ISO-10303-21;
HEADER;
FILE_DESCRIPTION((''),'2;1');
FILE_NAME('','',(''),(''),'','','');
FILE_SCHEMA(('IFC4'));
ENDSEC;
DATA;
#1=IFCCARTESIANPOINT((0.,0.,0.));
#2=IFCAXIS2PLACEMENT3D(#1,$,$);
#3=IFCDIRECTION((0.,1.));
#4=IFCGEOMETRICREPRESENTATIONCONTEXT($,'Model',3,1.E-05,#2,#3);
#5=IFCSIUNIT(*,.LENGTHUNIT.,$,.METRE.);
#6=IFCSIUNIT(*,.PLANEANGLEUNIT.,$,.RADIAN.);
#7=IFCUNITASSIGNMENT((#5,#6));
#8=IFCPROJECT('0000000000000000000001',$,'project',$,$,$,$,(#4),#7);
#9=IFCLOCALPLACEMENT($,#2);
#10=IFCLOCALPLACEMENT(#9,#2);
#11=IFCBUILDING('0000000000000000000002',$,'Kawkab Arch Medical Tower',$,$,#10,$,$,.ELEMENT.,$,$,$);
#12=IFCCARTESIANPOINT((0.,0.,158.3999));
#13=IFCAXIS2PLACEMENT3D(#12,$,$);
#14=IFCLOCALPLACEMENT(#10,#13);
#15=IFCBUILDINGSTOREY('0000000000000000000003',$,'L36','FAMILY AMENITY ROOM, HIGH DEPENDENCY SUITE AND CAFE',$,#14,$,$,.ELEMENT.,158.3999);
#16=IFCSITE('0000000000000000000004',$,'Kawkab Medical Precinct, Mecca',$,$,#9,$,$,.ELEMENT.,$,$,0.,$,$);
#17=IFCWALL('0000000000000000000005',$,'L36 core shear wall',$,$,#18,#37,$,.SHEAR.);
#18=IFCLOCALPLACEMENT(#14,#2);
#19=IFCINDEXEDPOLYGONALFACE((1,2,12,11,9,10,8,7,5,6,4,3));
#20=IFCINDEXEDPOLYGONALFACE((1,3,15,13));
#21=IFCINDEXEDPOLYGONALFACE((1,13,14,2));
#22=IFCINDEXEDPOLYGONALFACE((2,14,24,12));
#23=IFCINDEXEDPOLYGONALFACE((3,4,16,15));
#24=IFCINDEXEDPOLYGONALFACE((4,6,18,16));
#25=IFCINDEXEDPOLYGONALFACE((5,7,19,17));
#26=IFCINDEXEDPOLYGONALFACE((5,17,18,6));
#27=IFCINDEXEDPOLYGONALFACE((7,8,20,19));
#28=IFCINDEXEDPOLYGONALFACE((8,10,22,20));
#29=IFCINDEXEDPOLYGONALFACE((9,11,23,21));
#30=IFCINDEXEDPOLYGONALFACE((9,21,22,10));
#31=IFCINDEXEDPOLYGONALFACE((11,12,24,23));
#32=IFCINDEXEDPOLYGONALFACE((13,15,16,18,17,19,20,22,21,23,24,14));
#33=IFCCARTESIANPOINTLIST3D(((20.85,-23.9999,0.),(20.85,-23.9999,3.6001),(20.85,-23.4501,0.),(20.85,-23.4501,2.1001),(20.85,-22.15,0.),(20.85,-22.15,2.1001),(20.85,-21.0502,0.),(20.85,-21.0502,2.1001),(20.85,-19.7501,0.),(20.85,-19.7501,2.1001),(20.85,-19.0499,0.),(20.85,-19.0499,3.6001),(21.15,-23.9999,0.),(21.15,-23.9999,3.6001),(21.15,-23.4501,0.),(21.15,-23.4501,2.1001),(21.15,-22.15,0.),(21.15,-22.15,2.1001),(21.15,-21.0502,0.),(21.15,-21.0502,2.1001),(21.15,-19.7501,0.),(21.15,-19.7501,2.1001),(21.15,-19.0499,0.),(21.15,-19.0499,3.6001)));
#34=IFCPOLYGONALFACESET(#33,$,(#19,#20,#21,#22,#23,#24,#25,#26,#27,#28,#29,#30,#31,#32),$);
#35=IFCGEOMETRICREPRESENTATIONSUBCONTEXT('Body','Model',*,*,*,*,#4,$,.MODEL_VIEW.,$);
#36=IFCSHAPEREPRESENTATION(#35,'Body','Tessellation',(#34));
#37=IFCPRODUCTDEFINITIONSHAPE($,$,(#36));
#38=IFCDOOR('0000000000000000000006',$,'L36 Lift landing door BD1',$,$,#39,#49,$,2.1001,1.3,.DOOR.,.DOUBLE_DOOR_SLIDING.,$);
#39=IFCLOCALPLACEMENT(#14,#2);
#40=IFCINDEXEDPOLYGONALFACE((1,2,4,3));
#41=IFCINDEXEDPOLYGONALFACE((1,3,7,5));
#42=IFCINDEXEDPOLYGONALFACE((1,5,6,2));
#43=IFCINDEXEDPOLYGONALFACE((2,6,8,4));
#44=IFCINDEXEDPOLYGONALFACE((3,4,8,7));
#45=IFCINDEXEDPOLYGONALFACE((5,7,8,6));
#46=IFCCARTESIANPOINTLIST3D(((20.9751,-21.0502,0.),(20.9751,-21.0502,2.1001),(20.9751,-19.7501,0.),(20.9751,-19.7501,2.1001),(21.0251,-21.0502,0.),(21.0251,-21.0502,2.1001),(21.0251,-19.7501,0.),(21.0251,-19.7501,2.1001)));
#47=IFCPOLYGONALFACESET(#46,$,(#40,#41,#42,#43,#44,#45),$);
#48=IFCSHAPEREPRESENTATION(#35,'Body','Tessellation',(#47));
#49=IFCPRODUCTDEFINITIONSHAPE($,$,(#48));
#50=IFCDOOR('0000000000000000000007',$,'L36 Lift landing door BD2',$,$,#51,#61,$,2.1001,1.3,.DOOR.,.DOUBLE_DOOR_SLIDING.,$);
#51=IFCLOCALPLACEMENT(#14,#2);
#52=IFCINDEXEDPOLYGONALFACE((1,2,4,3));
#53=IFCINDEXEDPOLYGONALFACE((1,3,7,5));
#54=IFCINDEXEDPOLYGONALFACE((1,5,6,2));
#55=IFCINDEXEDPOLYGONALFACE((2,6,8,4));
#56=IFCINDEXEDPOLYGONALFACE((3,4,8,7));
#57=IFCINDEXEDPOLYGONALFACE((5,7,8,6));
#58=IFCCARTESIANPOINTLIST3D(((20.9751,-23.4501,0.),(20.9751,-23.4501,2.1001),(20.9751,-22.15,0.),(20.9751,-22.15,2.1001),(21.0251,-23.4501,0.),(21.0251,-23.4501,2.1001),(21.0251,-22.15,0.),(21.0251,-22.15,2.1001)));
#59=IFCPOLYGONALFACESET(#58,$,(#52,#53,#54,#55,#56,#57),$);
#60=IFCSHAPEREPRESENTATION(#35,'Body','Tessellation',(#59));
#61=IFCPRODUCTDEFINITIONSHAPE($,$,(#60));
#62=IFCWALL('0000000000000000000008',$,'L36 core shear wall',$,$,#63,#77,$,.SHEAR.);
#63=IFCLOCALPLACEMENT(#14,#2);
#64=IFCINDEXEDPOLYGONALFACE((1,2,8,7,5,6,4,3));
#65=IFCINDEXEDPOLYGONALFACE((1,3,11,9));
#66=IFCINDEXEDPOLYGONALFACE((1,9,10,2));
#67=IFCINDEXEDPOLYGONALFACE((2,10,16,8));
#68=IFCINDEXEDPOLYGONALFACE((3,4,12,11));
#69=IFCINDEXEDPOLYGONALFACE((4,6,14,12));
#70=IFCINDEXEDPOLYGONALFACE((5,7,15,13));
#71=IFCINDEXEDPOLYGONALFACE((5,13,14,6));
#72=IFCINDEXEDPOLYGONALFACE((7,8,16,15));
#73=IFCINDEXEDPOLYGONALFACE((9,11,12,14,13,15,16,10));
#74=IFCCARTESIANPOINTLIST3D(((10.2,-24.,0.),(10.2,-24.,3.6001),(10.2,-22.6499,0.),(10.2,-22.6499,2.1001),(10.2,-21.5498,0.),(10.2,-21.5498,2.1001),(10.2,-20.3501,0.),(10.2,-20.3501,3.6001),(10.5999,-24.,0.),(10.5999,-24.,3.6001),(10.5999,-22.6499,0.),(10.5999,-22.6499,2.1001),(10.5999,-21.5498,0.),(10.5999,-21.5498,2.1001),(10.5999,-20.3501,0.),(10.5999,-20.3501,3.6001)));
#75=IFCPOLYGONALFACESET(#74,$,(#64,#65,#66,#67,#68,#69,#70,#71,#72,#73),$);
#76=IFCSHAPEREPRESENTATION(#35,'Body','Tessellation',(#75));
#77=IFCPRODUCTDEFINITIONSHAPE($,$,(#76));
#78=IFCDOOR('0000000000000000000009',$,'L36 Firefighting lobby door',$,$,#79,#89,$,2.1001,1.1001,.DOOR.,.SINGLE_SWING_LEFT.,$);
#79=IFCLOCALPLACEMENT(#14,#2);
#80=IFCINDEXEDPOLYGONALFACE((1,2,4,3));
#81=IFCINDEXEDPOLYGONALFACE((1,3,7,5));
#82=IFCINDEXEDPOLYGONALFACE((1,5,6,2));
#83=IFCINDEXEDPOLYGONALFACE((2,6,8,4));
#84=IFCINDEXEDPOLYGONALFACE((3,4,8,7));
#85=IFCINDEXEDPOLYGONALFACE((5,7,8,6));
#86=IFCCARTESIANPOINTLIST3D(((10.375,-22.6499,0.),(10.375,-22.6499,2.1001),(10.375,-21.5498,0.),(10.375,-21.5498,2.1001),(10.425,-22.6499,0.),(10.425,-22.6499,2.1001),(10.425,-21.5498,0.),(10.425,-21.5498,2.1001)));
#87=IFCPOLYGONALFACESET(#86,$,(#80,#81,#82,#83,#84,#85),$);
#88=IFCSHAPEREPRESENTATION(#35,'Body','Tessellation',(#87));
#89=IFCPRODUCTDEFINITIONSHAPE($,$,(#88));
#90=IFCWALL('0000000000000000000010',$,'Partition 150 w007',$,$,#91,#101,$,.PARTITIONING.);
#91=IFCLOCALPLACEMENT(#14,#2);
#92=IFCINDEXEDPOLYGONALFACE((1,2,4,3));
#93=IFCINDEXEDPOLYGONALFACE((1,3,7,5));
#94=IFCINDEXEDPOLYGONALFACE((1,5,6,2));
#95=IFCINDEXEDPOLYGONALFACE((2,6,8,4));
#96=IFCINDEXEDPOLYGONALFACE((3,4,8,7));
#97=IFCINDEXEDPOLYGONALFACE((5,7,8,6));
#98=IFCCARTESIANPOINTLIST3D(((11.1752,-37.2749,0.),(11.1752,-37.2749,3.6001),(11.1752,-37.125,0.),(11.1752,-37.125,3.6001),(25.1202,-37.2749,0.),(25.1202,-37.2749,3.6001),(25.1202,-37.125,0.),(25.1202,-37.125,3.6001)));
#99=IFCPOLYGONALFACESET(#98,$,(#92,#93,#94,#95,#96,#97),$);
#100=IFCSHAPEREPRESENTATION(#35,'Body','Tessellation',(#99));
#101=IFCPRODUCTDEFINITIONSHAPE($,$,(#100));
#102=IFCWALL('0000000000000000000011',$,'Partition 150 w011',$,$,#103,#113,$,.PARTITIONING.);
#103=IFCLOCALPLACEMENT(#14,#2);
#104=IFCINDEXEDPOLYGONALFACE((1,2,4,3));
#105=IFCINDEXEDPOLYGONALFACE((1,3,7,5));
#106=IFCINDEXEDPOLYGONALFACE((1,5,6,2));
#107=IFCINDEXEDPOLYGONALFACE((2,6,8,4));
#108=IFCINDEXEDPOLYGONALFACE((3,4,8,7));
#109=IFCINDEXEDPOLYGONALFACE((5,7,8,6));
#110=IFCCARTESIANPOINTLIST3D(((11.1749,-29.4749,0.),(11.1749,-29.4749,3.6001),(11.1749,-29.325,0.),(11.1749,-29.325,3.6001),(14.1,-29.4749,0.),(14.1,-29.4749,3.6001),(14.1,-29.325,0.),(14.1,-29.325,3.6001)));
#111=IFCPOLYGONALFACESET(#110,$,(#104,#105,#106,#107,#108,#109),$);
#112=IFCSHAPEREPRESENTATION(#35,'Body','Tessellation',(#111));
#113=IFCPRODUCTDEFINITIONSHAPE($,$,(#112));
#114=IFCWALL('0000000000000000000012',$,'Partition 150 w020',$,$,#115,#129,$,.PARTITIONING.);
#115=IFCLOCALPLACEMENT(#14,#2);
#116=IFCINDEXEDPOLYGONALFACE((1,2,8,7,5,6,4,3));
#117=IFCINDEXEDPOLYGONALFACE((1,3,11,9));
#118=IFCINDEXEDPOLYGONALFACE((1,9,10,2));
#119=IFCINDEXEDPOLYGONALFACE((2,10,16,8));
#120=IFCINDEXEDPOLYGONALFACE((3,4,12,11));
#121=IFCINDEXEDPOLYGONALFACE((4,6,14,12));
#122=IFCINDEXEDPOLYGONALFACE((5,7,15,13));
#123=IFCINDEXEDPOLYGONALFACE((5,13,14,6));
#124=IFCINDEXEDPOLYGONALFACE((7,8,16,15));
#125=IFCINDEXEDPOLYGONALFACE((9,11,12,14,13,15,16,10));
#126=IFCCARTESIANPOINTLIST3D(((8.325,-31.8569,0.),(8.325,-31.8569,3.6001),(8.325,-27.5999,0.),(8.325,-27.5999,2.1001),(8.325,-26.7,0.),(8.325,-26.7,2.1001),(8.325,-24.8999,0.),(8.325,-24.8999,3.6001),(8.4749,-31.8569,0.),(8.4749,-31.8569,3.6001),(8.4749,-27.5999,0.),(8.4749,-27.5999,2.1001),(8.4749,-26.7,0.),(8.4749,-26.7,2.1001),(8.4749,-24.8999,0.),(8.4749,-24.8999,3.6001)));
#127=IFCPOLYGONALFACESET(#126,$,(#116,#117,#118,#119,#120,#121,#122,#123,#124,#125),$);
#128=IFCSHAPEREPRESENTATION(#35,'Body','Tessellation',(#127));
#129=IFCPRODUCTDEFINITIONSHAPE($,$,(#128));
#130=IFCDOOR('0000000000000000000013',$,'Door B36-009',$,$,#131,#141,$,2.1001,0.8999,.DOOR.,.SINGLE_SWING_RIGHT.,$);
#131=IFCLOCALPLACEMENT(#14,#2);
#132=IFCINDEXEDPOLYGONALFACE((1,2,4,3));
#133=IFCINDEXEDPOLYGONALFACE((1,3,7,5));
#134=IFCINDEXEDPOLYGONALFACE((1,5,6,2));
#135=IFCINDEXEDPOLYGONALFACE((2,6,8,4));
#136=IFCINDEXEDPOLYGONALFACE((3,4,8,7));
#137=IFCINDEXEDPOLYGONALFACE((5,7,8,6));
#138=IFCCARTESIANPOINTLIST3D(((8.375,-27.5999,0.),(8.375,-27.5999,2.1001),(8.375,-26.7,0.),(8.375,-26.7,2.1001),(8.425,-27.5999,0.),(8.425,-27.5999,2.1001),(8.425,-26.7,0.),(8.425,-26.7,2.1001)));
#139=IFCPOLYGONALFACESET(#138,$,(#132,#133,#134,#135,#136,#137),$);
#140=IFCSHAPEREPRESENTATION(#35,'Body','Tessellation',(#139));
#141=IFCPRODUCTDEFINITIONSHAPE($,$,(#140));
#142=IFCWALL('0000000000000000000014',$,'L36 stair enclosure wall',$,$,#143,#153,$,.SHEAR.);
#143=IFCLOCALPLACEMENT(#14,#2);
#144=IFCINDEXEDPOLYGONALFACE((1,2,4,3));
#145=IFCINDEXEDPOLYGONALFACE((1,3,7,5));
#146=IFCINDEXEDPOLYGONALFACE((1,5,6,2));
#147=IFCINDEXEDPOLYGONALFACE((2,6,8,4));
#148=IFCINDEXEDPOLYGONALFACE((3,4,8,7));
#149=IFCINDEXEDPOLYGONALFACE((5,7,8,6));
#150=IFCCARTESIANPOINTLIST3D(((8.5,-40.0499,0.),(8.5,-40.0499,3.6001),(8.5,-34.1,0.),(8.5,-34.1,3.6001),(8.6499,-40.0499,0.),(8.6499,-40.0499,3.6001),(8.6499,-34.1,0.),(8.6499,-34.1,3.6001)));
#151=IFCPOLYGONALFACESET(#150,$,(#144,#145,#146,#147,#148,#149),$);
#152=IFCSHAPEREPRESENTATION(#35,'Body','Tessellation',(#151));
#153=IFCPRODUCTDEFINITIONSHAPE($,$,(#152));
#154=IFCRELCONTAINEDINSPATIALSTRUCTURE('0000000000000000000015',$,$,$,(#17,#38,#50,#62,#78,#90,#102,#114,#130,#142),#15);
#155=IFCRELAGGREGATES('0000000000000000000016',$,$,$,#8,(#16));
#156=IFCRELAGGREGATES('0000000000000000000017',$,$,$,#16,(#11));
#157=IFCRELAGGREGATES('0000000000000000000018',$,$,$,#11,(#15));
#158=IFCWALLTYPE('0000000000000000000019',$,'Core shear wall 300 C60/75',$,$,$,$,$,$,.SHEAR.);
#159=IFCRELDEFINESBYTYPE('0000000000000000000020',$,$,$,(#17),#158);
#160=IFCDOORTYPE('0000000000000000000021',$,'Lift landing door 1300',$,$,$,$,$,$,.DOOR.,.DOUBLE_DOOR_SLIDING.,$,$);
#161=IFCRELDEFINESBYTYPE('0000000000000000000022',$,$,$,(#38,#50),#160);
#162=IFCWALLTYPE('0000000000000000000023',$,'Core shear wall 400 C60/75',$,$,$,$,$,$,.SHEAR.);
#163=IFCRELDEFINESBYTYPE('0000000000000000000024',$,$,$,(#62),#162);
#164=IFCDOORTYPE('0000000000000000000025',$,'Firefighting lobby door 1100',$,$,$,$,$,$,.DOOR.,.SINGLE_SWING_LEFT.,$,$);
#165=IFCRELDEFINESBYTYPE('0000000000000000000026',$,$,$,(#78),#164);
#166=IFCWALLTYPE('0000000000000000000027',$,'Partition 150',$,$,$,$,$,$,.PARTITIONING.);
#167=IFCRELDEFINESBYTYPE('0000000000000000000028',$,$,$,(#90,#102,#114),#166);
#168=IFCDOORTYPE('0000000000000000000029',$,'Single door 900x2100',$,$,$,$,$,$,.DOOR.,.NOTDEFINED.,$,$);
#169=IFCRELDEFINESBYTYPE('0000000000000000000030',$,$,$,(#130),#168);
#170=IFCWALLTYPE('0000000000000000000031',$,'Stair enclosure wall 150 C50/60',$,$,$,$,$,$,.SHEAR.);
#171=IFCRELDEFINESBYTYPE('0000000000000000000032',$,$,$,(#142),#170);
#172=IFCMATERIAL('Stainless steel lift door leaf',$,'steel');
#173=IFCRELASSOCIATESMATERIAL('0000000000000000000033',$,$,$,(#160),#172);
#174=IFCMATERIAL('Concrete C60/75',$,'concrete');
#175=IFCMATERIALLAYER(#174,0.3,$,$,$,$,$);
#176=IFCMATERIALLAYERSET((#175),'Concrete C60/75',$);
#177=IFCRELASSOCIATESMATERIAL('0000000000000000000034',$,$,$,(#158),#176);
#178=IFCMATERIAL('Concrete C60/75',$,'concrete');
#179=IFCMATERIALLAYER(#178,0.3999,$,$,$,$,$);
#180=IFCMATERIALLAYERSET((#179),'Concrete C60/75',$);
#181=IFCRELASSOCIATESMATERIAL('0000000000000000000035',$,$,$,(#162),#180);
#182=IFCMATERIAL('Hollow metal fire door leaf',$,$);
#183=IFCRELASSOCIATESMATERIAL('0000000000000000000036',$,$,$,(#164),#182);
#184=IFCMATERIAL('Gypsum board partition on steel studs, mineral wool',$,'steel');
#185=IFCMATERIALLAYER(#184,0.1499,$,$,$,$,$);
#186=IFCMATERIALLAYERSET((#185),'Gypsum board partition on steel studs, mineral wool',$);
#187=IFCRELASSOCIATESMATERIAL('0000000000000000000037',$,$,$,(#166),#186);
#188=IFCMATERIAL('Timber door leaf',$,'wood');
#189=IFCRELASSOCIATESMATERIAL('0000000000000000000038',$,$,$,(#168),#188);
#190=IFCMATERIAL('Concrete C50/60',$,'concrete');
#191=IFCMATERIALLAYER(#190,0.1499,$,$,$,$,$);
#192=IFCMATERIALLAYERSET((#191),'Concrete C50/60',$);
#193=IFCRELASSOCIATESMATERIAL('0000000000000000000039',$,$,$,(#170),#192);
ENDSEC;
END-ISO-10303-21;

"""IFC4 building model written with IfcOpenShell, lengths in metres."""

from ifc_helpers import new_model, si_unit, direction, frame, frame_2d, origin, place, context, subcontext, project, spatial, rectangle, extrude, material, layer, layer_set, type_object, element, fill, save


model = new_model("IFC4")

# Units and contexts
model_context = context("Model", 3, precision=1e-05, world=origin(), true_north=direction((0.0, 1.0)))
body_context = subcontext(model_context, "Body", "Model", "MODEL_VIEW")
ifc_project = project(units=[si_unit("LENGTHUNIT", "METRE"), si_unit("PLANEANGLEUNIT", "RADIAN")], contexts=[model_context])

# Site, building, storey
site_placement = place(None, origin())
site = spatial("IfcSite", under=ifc_project, at=site_placement, Name="Kawkab Medical Precinct, Mecca", CompositionType="ELEMENT", RefElevation=0.0)
building_placement = place(site_placement, origin())
building = spatial("IfcBuilding", under=site, at=building_placement, Name="Kawkab Arch Medical Tower", CompositionType="ELEMENT")
storey_placement = place(building_placement, frame((0.0, 0.0, 158.3999)))
storey = spatial("IfcBuildingStorey", under=building, at=storey_placement, Name="L36", Description="FAMILY AMENITY ROOM, HIGH DEPENDENCY SUITE AND CAFE", CompositionType="ELEMENT", Elevation=158.3999)

# Shared definitions
ifc_material_1 = material(Name="Stainless steel lift door leaf", Category="steel")
door_type_1 = type_object("IfcDoorType", Name="Lift landing door 1300", OperationType="DOUBLE_DOOR_SLIDING", PredefinedType="DOOR", material=ifc_material_1)

# Shared definitions
ifc_material_2 = material(Name="Concrete C60/75", Category="concrete")
ifc_layer_1 = layer(ifc_material_2, 0.3)
ifc_layer_set_1 = layer_set([ifc_layer_1], Name="Concrete C60/75")
wall_type_1 = type_object("IfcWallType", Name="Core shear wall 300 C60/75", PredefinedType="SHEAR", material=ifc_layer_set_1)

# Wall, openings, doors
wall_1_placement = place(storey_placement, frame((21.0, -24.0, 0.0), z_axis=(0.0, 0.0, 1.0), x_axis=(0.0, 1.0, 0.0)))
wall_1 = element("IfcWall", 1, at=wall_1_placement, inside=storey, type_object=wall_type_1, Name="L36 core shear wall", PredefinedType="SHEAR", context=body_context, shape_type="SweptSolid", body=[
    extrude(rectangle(XDim=4.95, YDim=0.3, at=frame_2d((2.4751, 0.0))), origin(), (0.0, 0.0, 1.0), 3.6001),
])
opening_1_placement = place(wall_1_placement, frame((2.95, 0.0, 0.0)))
opening_1 = element("IfcOpeningElement", 2, at=opening_1_placement, cuts=wall_1, PredefinedType="OPENING", context=body_context, shape_type="SweptSolid", body=[
    extrude(rectangle(XDim=1.3, YDim=2.1001, at=frame_2d((0.6499, 1.05))), frame((0.0, 0.1599, 0.0), z_axis=(0.0, -1.0, 0.0), x_axis=(1.0, 0.0, 0.0)), (0.0, 0.0, 1.0), 0.3201),
])
opening_2_placement = place(wall_1_placement, frame((0.55, 0.0, 0.0)))
opening_2 = element("IfcOpeningElement", 3, at=opening_2_placement, cuts=wall_1, PredefinedType="OPENING", context=body_context, shape_type="SweptSolid", body=[
    extrude(rectangle(XDim=1.3, YDim=2.1001, at=frame_2d((0.6499, 1.05))), frame((0.0, 0.1599, 0.0), z_axis=(0.0, -1.0, 0.0), x_axis=(1.0, 0.0, 0.0)), (0.0, 0.0, 1.0), 0.3201),
])
door_1_placement = place(opening_1_placement, origin())
door_1 = element("IfcDoor", 4, at=door_1_placement, inside=storey, type_object=door_type_1, Name="L36 Lift landing door BD1", OperationType="DOUBLE_DOOR_SLIDING", OverallHeight=2.1001, OverallWidth=1.3, PredefinedType="DOOR", context=body_context, shape_type="SweptSolid", body=[
    extrude(rectangle(XDim=1.3, YDim=2.1001, at=frame_2d((0.6499, 1.05))), frame((0.0, 0.0249, 0.0), z_axis=(0.0, -1.0, 0.0), x_axis=(1.0, 0.0, 0.0)), (0.0, 0.0, 1.0), 0.05),
])
fill(opening_1, door_1)
door_2_placement = place(opening_2_placement, origin())
door_2 = element("IfcDoor", 5, at=door_2_placement, inside=storey, type_object=door_type_1, Name="L36 Lift landing door BD2", OperationType="DOUBLE_DOOR_SLIDING", OverallHeight=2.1001, OverallWidth=1.3, PredefinedType="DOOR", context=body_context, shape_type="SweptSolid", body=[
    extrude(rectangle(XDim=1.3, YDim=2.1001, at=frame_2d((0.6499, 1.05))), frame((0.0, 0.0249, 0.0), z_axis=(0.0, -1.0, 0.0), x_axis=(1.0, 0.0, 0.0)), (0.0, 0.0, 1.0), 0.05),
])
fill(opening_2, door_2)

# Wall, opening, door
ifc_material_3 = material(Name="Concrete C60/75", Category="concrete")
ifc_layer_2 = layer(ifc_material_3, 0.3999)
ifc_layer_set_2 = layer_set([ifc_layer_2], Name="Concrete C60/75")
wall_type_2 = type_object("IfcWallType", Name="Core shear wall 400 C60/75", PredefinedType="SHEAR", material=ifc_layer_set_2)
wall_2_placement = place(storey_placement, frame((10.3999, -24.0, 0.0), z_axis=(0.0, 0.0, 1.0), x_axis=(0.0, 1.0, 0.0)))
wall_2 = element("IfcWall", 6, at=wall_2_placement, inside=storey, type_object=wall_type_2, Name="L36 core shear wall", PredefinedType="SHEAR", context=body_context, shape_type="SweptSolid", body=[
    extrude(rectangle(XDim=3.6499, YDim=0.3999, at=frame_2d((1.825, 0.0))), origin(), (0.0, 0.0, 1.0), 3.6001),
])
opening_3_placement = place(wall_2_placement, frame((1.3501, 0.0, 0.0)))
opening_3 = element("IfcOpeningElement", 7, at=opening_3_placement, cuts=wall_2, PredefinedType="OPENING", context=body_context, shape_type="SweptSolid", body=[
    extrude(rectangle(XDim=1.1001, YDim=2.1001, at=frame_2d((0.55, 1.05))), frame((0.0, 0.21, 0.0), z_axis=(0.0, -1.0, 0.0), x_axis=(1.0, 0.0, 0.0)), (0.0, 0.0, 1.0), 0.4199),
])
ifc_material_4 = material(Name="Hollow metal fire door leaf")
door_type_2 = type_object("IfcDoorType", Name="Firefighting lobby door 1100", OperationType="SINGLE_SWING_LEFT", PredefinedType="DOOR", material=ifc_material_4)
door_3_placement = place(opening_3_placement, origin())
door_3 = element("IfcDoor", 8, at=door_3_placement, inside=storey, type_object=door_type_2, Name="L36 Firefighting lobby door", OperationType="SINGLE_SWING_LEFT", OverallHeight=2.1001, OverallWidth=1.1001, PredefinedType="DOOR", context=body_context, shape_type="SweptSolid", body=[
    extrude(rectangle(XDim=1.1001, YDim=2.1001, at=frame_2d((0.55, 1.05))), frame((0.0, 0.0249, 0.0), z_axis=(0.0, -1.0, 0.0), x_axis=(1.0, 0.0, 0.0)), (0.0, 0.0, 1.0), 0.05),
])
fill(opening_3, door_3)

# Walls
ifc_material_5 = material(Name="Gypsum board partition on steel studs, mineral wool", Category="steel")
ifc_layer_3 = layer(ifc_material_5, 0.1499)
ifc_layer_set_3 = layer_set([ifc_layer_3], Name="Gypsum board partition on steel studs, mineral wool")
wall_type_3 = type_object("IfcWallType", Name="Partition 150", PredefinedType="PARTITIONING", material=ifc_layer_set_3)
wall_3_placement = place(storey_placement, frame((11.175, -37.2, 0.0), z_axis=(0.0, 0.0, 1.0), x_axis=(1.0, 0.0, 0.0)))
element("IfcWall", 9, at=wall_3_placement, inside=storey, type_object=wall_type_3, Name="Partition 150 w007", PredefinedType="PARTITIONING", context=body_context, shape_type="SweptSolid", body=[
    extrude(rectangle(XDim=13.9451, YDim=0.1499, at=frame_2d((6.9727, 0.0))), origin(), (0.0, 0.0, 1.0), 3.6001),
])
wall_4_placement = place(storey_placement, frame((11.175, -29.3999, 0.0), z_axis=(0.0, 0.0, 1.0), x_axis=(1.0, 0.0, 0.0)))
element("IfcWall", 10, at=wall_4_placement, inside=storey, type_object=wall_type_3, Name="Partition 150 w011", PredefinedType="PARTITIONING", context=body_context, shape_type="SweptSolid", body=[
    extrude(rectangle(XDim=2.925, YDim=0.1499, at=frame_2d((1.4624, 0.0))), origin(), (0.0, 0.0, 1.0), 3.6001),
])

# Wall, opening, door
wall_5_placement = place(storey_placement, frame((8.3999, -31.8569, 0.0), z_axis=(0.0, 0.0, 1.0), x_axis=(0.0, 1.0, 0.0)))
wall_5 = element("IfcWall", 11, at=wall_5_placement, inside=storey, type_object=wall_type_3, Name="Partition 150 w020", PredefinedType="PARTITIONING", context=body_context, shape_type="SweptSolid", body=[
    extrude(rectangle(XDim=6.957, YDim=0.1499, at=frame_2d((3.4785, 0.0))), origin(), (0.0, 0.0, 1.0), 3.6001),
])
opening_4_placement = place(wall_5_placement, frame((4.2571, 0.0, 0.0)))
opening_4 = element("IfcOpeningElement", 12, at=opening_4_placement, cuts=wall_5, PredefinedType="OPENING", context=body_context, shape_type="SweptSolid", body=[
    extrude(rectangle(XDim=0.8999, YDim=2.1001, at=frame_2d((0.45, 1.05))), frame((0.0, 0.085, 0.0), z_axis=(0.0, -1.0, 0.0), x_axis=(1.0, 0.0, 0.0)), (0.0, 0.0, 1.0), 0.1699),
])
ifc_material_6 = material(Name="Timber door leaf", Category="wood")
door_type_3 = type_object("IfcDoorType", Name="Single door 900x2100", OperationType="NOTDEFINED", PredefinedType="DOOR", material=ifc_material_6)
door_4_placement = place(opening_4_placement, origin())
door_4 = element("IfcDoor", 13, at=door_4_placement, inside=storey, type_object=door_type_3, Name="Door B36-009", OperationType="SINGLE_SWING_RIGHT", OverallHeight=2.1001, OverallWidth=0.8999, PredefinedType="DOOR", context=body_context, shape_type="SweptSolid", body=[
    extrude(rectangle(XDim=0.8999, YDim=2.1001, at=frame_2d((0.45, 1.05))), frame((0.0, 0.0249, 0.0), z_axis=(0.0, -1.0, 0.0), x_axis=(1.0, 0.0, 0.0)), (0.0, 0.0, 1.0), 0.05),
])
fill(opening_4, door_4)

# Wall
ifc_material_7 = material(Name="Concrete C50/60", Category="concrete")
ifc_layer_4 = layer(ifc_material_7, 0.1499)
ifc_layer_set_4 = layer_set([ifc_layer_4], Name="Concrete C50/60")
wall_type_4 = type_object("IfcWallType", Name="Stair enclosure wall 150 C50/60", PredefinedType="SHEAR", material=ifc_layer_set_4)
wall_6_placement = place(storey_placement, frame((8.575, -40.05, 0.0), z_axis=(0.0, 0.0, 1.0), x_axis=(0.0, 1.0, 0.0)))
element("IfcWall", 14, at=wall_6_placement, inside=storey, type_object=wall_type_4, Name="L36 stair enclosure wall", PredefinedType="SHEAR", context=body_context, shape_type="SweptSolid", body=[
    extrude(rectangle(XDim=5.95, YDim=0.1499, at=frame_2d((2.9751, 0.0))), origin(), (0.0, 0.0, 1.0), 3.6001),
])

save(model, "model.ifc")
